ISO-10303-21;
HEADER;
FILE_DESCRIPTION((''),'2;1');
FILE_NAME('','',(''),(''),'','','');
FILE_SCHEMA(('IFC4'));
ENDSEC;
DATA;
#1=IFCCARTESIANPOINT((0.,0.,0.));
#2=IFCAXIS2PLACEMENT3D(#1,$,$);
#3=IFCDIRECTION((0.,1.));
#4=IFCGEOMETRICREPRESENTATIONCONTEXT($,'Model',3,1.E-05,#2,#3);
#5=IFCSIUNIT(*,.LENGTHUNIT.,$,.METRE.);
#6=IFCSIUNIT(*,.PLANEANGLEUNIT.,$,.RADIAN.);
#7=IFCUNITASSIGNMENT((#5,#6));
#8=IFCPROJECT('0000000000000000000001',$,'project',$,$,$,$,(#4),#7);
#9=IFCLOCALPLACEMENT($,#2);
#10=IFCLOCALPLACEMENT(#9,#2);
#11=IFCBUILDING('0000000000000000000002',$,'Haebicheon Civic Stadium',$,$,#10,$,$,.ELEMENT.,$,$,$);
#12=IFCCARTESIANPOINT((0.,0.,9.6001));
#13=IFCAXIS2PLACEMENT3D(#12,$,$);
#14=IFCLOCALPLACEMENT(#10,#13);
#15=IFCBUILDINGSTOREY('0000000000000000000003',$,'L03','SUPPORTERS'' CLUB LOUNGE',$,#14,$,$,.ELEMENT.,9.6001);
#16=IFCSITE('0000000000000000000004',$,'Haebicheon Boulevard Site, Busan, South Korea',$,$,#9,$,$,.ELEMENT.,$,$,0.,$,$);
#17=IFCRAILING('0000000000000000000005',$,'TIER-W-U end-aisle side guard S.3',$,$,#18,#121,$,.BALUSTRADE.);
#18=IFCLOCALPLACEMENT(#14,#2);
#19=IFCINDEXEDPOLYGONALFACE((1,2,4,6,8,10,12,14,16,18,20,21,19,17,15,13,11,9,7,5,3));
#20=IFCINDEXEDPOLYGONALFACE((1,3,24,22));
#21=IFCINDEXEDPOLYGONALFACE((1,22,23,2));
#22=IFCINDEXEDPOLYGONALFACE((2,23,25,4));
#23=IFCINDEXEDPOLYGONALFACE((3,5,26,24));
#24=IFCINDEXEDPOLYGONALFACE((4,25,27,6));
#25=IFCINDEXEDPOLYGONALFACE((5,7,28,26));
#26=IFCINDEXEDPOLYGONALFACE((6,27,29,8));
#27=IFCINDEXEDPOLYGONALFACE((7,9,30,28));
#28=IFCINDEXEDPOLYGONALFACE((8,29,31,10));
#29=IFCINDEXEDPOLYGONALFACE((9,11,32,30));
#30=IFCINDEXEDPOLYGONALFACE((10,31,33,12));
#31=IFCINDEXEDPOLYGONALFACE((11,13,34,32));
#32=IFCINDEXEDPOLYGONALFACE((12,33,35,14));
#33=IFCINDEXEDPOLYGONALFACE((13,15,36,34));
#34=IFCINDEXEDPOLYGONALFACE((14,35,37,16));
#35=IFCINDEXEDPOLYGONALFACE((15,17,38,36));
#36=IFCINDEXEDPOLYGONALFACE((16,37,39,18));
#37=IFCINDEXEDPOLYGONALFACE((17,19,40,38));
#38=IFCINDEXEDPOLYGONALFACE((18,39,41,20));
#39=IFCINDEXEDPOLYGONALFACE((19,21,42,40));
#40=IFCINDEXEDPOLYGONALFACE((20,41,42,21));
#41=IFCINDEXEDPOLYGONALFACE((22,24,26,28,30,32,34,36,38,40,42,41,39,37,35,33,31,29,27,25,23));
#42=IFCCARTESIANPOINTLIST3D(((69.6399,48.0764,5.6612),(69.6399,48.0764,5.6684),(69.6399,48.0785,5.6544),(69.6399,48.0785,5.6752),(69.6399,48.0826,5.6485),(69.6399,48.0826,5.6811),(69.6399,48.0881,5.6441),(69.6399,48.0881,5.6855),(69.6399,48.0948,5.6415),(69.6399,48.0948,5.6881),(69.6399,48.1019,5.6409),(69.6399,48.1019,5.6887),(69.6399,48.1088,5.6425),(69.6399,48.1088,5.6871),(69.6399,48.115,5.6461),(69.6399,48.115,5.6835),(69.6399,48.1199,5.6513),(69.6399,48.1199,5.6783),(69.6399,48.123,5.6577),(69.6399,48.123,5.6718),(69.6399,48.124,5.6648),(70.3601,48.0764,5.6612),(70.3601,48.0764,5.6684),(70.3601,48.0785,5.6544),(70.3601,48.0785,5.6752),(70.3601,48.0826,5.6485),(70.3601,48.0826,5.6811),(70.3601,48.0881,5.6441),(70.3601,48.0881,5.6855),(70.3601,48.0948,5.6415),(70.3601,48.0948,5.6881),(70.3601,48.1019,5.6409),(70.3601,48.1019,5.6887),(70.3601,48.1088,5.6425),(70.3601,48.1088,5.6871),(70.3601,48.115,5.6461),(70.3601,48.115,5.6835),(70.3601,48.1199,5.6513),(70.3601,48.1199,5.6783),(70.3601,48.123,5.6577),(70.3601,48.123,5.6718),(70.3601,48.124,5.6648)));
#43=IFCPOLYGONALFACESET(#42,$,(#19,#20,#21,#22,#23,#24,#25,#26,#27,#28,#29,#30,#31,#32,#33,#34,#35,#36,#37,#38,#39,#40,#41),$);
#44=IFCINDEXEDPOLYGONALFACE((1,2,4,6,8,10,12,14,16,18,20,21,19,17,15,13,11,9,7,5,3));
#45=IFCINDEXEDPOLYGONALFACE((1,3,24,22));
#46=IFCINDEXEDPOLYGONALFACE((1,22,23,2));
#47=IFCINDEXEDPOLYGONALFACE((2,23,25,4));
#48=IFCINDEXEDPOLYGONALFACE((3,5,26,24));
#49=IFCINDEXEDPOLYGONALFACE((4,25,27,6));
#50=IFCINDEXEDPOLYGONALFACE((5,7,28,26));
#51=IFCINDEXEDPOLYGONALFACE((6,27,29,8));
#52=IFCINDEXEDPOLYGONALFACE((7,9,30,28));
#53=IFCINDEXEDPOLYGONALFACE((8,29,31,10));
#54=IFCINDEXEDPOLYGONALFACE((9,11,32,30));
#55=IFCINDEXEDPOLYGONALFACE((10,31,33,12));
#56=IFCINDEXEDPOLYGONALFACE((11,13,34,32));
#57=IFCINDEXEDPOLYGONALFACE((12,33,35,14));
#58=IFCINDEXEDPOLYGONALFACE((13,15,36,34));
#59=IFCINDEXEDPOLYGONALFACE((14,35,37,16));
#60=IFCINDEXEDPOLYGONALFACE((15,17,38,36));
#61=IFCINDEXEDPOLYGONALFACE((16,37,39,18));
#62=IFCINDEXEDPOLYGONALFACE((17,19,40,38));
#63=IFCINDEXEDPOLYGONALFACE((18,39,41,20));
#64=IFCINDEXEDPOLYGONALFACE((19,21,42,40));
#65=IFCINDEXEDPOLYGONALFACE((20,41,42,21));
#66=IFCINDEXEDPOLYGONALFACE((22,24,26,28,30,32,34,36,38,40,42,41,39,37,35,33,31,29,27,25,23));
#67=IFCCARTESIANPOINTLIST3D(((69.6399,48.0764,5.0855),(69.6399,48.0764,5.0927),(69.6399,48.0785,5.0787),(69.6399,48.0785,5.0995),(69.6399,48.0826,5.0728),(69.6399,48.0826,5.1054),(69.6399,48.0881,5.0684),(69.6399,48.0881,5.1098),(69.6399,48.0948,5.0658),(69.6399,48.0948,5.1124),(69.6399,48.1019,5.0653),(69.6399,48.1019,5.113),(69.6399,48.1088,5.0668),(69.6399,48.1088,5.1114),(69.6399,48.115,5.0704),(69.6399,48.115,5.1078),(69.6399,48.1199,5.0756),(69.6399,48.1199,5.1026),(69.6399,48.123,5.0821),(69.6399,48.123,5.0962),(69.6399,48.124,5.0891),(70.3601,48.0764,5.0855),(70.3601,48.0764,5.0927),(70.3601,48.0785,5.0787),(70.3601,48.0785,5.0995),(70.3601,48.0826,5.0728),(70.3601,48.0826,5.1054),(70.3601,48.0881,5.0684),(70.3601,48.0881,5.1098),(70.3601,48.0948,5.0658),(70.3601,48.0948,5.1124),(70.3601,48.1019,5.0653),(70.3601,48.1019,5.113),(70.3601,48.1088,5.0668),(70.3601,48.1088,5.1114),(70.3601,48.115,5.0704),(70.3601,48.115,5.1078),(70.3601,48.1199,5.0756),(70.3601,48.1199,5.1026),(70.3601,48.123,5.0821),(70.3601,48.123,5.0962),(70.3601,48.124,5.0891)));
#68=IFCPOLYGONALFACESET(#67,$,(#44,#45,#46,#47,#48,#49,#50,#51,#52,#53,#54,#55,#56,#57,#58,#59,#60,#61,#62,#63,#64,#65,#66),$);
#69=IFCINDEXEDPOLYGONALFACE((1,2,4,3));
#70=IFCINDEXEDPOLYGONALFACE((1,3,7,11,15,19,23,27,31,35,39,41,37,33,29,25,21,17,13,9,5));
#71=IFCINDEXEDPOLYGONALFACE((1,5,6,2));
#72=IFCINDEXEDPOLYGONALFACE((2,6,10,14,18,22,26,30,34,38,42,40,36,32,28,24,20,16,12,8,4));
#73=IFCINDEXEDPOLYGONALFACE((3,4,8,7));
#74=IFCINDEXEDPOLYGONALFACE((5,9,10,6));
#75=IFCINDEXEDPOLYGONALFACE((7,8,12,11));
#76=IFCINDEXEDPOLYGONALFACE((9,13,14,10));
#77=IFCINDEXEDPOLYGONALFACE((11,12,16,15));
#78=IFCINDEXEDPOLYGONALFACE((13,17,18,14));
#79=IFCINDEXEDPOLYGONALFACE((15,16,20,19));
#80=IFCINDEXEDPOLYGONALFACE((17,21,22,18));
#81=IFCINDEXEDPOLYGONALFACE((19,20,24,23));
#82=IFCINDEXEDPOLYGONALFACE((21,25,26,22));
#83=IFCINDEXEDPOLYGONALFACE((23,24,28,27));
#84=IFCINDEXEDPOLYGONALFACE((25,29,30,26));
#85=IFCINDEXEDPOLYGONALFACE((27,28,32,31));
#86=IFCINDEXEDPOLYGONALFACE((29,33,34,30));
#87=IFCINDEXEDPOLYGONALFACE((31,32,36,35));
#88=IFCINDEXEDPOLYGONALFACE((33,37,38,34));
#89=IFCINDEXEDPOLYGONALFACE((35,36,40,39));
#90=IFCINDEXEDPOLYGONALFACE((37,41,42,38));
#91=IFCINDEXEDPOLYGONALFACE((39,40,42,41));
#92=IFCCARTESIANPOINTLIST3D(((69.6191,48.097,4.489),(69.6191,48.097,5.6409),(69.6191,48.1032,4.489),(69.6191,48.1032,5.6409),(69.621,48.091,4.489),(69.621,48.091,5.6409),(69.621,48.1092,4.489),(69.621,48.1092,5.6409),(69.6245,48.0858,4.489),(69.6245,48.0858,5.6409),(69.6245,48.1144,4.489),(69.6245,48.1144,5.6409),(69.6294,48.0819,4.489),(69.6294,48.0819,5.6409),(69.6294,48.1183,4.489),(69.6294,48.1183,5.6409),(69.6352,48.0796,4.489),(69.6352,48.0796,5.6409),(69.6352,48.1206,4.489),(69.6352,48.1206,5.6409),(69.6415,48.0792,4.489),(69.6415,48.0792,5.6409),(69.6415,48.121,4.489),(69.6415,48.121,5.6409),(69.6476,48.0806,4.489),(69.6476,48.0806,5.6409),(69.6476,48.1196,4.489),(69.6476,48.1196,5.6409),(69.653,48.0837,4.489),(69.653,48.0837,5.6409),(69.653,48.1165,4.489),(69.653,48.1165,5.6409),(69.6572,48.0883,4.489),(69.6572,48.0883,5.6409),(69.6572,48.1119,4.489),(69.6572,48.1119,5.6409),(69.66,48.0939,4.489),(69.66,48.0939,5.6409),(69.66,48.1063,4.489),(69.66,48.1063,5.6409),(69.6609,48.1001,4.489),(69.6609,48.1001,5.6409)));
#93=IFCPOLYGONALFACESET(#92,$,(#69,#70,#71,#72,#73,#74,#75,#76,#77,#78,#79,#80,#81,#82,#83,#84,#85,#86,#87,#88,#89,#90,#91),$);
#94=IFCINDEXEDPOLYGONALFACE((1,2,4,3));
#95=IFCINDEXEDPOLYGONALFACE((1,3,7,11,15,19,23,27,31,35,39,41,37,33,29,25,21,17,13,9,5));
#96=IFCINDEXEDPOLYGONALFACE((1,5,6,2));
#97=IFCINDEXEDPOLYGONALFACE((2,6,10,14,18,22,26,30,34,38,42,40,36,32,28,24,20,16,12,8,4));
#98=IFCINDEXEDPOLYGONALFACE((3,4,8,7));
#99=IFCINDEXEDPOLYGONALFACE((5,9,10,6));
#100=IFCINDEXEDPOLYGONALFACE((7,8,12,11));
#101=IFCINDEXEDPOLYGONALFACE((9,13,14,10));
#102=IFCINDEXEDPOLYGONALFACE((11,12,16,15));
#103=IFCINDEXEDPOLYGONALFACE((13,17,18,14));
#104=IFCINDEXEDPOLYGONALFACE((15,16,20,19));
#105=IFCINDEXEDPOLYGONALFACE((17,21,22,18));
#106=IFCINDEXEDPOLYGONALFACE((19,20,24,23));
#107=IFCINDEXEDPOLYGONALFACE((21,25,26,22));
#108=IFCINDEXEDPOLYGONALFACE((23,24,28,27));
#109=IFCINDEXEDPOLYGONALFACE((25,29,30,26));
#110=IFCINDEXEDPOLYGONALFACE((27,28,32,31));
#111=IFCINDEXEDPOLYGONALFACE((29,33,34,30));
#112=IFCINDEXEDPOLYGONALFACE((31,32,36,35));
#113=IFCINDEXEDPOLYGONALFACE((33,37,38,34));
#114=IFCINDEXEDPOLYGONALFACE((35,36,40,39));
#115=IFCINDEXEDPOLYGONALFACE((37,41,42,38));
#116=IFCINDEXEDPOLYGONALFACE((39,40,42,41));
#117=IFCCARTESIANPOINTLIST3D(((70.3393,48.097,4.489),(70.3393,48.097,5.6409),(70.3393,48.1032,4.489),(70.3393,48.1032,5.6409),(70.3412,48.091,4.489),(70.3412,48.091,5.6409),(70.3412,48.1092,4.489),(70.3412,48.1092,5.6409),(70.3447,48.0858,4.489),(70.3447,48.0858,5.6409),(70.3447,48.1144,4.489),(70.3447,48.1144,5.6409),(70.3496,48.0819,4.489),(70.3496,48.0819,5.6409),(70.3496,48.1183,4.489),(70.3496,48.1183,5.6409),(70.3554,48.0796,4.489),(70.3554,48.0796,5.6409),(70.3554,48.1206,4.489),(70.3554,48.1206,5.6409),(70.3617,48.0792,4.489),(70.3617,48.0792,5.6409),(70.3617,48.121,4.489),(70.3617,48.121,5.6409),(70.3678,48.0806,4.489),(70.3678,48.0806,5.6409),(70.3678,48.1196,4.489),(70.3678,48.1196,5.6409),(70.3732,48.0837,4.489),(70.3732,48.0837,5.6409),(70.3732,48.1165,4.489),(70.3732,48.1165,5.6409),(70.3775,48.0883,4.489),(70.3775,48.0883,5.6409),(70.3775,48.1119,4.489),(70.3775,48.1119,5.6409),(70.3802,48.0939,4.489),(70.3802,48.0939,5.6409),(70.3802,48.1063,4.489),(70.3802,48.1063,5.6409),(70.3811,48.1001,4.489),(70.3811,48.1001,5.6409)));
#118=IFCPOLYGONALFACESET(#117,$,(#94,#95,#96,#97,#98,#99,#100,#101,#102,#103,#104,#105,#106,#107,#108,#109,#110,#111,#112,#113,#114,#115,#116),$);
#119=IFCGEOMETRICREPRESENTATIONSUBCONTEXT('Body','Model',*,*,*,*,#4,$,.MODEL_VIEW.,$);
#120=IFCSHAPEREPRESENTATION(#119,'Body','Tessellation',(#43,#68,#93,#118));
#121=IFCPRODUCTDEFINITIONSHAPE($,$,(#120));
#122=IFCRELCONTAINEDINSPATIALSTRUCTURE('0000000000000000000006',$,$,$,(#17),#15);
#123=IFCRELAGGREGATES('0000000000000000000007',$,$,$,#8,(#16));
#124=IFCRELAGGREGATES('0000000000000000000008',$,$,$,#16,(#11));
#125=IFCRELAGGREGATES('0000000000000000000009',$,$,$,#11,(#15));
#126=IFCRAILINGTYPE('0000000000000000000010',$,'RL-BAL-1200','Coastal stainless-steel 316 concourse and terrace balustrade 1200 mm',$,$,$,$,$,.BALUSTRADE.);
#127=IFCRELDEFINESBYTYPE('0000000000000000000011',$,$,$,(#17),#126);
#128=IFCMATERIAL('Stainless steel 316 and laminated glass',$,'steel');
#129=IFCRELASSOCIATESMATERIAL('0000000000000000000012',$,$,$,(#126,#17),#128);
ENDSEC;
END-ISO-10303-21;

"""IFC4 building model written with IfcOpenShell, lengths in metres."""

from ifc_helpers import new_model, si_unit, direction, frame, origin, origin_2d, place, context, subcontext, project, spatial, circle, extrude, material, type_object, element, save


model = new_model("IFC4")

# Units and contexts
model_context = context("Model", 3, precision=1e-05, world=origin(), true_north=direction((0.0, 1.0)))
body_context = subcontext(model_context, "Body", "Model", "MODEL_VIEW")
ifc_project = project(units=[si_unit("LENGTHUNIT", "METRE"), si_unit("PLANEANGLEUNIT", "RADIAN")], contexts=[model_context])

# Site, building, storey
site_placement = place(None, origin())
site = spatial("IfcSite", under=ifc_project, at=site_placement, Name="Haebicheon Boulevard Site, Busan, South Korea", CompositionType="ELEMENT", RefElevation=0.0)
building_placement = place(site_placement, origin())
building = spatial("IfcBuilding", under=site, at=building_placement, Name="Haebicheon Civic Stadium", CompositionType="ELEMENT")
storey_placement = place(building_placement, frame((0.0, 0.0, 9.6001)))
storey = spatial("IfcBuildingStorey", under=building, at=storey_placement, Name="L03", Description="SUPPORTERS' CLUB LOUNGE", CompositionType="ELEMENT", Elevation=9.6001)

# Railing
ifc_material_1 = material(Name="Stainless steel 316 and laminated glass", Category="steel")
railing_type = type_object("IfcRailingType", Name="RL-BAL-1200", Description="Coastal stainless-steel 316 concourse and terrace balustrade 1200 mm", PredefinedType="BALUSTRADE", material=ifc_material_1)
railing_1_placement = place(storey_placement, frame((69.6399, 48.1001, 4.489)))
element("IfcRailing", 1, at=railing_1_placement, inside=storey, type_object=railing_type, material=ifc_material_1, Name="TIER-W-U end-aisle side guard S.3", PredefinedType="BALUSTRADE", context=body_context, shape_type="SweptSolid", body=[
    extrude(circle(Radius=0.0239, at=origin_2d()), frame((0.0, 0.0, 1.1758), z_axis=(1.0, 0.0, 0.0), x_axis=(0.0, 1.0, 0.0)), (0.0, 0.0, 1.0), 0.7202),
    extrude(circle(Radius=0.0239, at=origin_2d()), frame((0.0, 0.0, 0.6001), z_axis=(1.0, 0.0, 0.0), x_axis=(0.0, 1.0, 0.0)), (0.0, 0.0, 1.0), 0.7202),
    extrude(circle(Radius=0.021, at=origin_2d()), origin(), (0.0, 0.0, 1.0), 1.1519),
    extrude(circle(Radius=0.021, at=origin_2d()), frame((0.7202, 0.0, 0.0)), (0.0, 0.0, 1.0), 1.1519),
])

save(model, "model.ifc")
